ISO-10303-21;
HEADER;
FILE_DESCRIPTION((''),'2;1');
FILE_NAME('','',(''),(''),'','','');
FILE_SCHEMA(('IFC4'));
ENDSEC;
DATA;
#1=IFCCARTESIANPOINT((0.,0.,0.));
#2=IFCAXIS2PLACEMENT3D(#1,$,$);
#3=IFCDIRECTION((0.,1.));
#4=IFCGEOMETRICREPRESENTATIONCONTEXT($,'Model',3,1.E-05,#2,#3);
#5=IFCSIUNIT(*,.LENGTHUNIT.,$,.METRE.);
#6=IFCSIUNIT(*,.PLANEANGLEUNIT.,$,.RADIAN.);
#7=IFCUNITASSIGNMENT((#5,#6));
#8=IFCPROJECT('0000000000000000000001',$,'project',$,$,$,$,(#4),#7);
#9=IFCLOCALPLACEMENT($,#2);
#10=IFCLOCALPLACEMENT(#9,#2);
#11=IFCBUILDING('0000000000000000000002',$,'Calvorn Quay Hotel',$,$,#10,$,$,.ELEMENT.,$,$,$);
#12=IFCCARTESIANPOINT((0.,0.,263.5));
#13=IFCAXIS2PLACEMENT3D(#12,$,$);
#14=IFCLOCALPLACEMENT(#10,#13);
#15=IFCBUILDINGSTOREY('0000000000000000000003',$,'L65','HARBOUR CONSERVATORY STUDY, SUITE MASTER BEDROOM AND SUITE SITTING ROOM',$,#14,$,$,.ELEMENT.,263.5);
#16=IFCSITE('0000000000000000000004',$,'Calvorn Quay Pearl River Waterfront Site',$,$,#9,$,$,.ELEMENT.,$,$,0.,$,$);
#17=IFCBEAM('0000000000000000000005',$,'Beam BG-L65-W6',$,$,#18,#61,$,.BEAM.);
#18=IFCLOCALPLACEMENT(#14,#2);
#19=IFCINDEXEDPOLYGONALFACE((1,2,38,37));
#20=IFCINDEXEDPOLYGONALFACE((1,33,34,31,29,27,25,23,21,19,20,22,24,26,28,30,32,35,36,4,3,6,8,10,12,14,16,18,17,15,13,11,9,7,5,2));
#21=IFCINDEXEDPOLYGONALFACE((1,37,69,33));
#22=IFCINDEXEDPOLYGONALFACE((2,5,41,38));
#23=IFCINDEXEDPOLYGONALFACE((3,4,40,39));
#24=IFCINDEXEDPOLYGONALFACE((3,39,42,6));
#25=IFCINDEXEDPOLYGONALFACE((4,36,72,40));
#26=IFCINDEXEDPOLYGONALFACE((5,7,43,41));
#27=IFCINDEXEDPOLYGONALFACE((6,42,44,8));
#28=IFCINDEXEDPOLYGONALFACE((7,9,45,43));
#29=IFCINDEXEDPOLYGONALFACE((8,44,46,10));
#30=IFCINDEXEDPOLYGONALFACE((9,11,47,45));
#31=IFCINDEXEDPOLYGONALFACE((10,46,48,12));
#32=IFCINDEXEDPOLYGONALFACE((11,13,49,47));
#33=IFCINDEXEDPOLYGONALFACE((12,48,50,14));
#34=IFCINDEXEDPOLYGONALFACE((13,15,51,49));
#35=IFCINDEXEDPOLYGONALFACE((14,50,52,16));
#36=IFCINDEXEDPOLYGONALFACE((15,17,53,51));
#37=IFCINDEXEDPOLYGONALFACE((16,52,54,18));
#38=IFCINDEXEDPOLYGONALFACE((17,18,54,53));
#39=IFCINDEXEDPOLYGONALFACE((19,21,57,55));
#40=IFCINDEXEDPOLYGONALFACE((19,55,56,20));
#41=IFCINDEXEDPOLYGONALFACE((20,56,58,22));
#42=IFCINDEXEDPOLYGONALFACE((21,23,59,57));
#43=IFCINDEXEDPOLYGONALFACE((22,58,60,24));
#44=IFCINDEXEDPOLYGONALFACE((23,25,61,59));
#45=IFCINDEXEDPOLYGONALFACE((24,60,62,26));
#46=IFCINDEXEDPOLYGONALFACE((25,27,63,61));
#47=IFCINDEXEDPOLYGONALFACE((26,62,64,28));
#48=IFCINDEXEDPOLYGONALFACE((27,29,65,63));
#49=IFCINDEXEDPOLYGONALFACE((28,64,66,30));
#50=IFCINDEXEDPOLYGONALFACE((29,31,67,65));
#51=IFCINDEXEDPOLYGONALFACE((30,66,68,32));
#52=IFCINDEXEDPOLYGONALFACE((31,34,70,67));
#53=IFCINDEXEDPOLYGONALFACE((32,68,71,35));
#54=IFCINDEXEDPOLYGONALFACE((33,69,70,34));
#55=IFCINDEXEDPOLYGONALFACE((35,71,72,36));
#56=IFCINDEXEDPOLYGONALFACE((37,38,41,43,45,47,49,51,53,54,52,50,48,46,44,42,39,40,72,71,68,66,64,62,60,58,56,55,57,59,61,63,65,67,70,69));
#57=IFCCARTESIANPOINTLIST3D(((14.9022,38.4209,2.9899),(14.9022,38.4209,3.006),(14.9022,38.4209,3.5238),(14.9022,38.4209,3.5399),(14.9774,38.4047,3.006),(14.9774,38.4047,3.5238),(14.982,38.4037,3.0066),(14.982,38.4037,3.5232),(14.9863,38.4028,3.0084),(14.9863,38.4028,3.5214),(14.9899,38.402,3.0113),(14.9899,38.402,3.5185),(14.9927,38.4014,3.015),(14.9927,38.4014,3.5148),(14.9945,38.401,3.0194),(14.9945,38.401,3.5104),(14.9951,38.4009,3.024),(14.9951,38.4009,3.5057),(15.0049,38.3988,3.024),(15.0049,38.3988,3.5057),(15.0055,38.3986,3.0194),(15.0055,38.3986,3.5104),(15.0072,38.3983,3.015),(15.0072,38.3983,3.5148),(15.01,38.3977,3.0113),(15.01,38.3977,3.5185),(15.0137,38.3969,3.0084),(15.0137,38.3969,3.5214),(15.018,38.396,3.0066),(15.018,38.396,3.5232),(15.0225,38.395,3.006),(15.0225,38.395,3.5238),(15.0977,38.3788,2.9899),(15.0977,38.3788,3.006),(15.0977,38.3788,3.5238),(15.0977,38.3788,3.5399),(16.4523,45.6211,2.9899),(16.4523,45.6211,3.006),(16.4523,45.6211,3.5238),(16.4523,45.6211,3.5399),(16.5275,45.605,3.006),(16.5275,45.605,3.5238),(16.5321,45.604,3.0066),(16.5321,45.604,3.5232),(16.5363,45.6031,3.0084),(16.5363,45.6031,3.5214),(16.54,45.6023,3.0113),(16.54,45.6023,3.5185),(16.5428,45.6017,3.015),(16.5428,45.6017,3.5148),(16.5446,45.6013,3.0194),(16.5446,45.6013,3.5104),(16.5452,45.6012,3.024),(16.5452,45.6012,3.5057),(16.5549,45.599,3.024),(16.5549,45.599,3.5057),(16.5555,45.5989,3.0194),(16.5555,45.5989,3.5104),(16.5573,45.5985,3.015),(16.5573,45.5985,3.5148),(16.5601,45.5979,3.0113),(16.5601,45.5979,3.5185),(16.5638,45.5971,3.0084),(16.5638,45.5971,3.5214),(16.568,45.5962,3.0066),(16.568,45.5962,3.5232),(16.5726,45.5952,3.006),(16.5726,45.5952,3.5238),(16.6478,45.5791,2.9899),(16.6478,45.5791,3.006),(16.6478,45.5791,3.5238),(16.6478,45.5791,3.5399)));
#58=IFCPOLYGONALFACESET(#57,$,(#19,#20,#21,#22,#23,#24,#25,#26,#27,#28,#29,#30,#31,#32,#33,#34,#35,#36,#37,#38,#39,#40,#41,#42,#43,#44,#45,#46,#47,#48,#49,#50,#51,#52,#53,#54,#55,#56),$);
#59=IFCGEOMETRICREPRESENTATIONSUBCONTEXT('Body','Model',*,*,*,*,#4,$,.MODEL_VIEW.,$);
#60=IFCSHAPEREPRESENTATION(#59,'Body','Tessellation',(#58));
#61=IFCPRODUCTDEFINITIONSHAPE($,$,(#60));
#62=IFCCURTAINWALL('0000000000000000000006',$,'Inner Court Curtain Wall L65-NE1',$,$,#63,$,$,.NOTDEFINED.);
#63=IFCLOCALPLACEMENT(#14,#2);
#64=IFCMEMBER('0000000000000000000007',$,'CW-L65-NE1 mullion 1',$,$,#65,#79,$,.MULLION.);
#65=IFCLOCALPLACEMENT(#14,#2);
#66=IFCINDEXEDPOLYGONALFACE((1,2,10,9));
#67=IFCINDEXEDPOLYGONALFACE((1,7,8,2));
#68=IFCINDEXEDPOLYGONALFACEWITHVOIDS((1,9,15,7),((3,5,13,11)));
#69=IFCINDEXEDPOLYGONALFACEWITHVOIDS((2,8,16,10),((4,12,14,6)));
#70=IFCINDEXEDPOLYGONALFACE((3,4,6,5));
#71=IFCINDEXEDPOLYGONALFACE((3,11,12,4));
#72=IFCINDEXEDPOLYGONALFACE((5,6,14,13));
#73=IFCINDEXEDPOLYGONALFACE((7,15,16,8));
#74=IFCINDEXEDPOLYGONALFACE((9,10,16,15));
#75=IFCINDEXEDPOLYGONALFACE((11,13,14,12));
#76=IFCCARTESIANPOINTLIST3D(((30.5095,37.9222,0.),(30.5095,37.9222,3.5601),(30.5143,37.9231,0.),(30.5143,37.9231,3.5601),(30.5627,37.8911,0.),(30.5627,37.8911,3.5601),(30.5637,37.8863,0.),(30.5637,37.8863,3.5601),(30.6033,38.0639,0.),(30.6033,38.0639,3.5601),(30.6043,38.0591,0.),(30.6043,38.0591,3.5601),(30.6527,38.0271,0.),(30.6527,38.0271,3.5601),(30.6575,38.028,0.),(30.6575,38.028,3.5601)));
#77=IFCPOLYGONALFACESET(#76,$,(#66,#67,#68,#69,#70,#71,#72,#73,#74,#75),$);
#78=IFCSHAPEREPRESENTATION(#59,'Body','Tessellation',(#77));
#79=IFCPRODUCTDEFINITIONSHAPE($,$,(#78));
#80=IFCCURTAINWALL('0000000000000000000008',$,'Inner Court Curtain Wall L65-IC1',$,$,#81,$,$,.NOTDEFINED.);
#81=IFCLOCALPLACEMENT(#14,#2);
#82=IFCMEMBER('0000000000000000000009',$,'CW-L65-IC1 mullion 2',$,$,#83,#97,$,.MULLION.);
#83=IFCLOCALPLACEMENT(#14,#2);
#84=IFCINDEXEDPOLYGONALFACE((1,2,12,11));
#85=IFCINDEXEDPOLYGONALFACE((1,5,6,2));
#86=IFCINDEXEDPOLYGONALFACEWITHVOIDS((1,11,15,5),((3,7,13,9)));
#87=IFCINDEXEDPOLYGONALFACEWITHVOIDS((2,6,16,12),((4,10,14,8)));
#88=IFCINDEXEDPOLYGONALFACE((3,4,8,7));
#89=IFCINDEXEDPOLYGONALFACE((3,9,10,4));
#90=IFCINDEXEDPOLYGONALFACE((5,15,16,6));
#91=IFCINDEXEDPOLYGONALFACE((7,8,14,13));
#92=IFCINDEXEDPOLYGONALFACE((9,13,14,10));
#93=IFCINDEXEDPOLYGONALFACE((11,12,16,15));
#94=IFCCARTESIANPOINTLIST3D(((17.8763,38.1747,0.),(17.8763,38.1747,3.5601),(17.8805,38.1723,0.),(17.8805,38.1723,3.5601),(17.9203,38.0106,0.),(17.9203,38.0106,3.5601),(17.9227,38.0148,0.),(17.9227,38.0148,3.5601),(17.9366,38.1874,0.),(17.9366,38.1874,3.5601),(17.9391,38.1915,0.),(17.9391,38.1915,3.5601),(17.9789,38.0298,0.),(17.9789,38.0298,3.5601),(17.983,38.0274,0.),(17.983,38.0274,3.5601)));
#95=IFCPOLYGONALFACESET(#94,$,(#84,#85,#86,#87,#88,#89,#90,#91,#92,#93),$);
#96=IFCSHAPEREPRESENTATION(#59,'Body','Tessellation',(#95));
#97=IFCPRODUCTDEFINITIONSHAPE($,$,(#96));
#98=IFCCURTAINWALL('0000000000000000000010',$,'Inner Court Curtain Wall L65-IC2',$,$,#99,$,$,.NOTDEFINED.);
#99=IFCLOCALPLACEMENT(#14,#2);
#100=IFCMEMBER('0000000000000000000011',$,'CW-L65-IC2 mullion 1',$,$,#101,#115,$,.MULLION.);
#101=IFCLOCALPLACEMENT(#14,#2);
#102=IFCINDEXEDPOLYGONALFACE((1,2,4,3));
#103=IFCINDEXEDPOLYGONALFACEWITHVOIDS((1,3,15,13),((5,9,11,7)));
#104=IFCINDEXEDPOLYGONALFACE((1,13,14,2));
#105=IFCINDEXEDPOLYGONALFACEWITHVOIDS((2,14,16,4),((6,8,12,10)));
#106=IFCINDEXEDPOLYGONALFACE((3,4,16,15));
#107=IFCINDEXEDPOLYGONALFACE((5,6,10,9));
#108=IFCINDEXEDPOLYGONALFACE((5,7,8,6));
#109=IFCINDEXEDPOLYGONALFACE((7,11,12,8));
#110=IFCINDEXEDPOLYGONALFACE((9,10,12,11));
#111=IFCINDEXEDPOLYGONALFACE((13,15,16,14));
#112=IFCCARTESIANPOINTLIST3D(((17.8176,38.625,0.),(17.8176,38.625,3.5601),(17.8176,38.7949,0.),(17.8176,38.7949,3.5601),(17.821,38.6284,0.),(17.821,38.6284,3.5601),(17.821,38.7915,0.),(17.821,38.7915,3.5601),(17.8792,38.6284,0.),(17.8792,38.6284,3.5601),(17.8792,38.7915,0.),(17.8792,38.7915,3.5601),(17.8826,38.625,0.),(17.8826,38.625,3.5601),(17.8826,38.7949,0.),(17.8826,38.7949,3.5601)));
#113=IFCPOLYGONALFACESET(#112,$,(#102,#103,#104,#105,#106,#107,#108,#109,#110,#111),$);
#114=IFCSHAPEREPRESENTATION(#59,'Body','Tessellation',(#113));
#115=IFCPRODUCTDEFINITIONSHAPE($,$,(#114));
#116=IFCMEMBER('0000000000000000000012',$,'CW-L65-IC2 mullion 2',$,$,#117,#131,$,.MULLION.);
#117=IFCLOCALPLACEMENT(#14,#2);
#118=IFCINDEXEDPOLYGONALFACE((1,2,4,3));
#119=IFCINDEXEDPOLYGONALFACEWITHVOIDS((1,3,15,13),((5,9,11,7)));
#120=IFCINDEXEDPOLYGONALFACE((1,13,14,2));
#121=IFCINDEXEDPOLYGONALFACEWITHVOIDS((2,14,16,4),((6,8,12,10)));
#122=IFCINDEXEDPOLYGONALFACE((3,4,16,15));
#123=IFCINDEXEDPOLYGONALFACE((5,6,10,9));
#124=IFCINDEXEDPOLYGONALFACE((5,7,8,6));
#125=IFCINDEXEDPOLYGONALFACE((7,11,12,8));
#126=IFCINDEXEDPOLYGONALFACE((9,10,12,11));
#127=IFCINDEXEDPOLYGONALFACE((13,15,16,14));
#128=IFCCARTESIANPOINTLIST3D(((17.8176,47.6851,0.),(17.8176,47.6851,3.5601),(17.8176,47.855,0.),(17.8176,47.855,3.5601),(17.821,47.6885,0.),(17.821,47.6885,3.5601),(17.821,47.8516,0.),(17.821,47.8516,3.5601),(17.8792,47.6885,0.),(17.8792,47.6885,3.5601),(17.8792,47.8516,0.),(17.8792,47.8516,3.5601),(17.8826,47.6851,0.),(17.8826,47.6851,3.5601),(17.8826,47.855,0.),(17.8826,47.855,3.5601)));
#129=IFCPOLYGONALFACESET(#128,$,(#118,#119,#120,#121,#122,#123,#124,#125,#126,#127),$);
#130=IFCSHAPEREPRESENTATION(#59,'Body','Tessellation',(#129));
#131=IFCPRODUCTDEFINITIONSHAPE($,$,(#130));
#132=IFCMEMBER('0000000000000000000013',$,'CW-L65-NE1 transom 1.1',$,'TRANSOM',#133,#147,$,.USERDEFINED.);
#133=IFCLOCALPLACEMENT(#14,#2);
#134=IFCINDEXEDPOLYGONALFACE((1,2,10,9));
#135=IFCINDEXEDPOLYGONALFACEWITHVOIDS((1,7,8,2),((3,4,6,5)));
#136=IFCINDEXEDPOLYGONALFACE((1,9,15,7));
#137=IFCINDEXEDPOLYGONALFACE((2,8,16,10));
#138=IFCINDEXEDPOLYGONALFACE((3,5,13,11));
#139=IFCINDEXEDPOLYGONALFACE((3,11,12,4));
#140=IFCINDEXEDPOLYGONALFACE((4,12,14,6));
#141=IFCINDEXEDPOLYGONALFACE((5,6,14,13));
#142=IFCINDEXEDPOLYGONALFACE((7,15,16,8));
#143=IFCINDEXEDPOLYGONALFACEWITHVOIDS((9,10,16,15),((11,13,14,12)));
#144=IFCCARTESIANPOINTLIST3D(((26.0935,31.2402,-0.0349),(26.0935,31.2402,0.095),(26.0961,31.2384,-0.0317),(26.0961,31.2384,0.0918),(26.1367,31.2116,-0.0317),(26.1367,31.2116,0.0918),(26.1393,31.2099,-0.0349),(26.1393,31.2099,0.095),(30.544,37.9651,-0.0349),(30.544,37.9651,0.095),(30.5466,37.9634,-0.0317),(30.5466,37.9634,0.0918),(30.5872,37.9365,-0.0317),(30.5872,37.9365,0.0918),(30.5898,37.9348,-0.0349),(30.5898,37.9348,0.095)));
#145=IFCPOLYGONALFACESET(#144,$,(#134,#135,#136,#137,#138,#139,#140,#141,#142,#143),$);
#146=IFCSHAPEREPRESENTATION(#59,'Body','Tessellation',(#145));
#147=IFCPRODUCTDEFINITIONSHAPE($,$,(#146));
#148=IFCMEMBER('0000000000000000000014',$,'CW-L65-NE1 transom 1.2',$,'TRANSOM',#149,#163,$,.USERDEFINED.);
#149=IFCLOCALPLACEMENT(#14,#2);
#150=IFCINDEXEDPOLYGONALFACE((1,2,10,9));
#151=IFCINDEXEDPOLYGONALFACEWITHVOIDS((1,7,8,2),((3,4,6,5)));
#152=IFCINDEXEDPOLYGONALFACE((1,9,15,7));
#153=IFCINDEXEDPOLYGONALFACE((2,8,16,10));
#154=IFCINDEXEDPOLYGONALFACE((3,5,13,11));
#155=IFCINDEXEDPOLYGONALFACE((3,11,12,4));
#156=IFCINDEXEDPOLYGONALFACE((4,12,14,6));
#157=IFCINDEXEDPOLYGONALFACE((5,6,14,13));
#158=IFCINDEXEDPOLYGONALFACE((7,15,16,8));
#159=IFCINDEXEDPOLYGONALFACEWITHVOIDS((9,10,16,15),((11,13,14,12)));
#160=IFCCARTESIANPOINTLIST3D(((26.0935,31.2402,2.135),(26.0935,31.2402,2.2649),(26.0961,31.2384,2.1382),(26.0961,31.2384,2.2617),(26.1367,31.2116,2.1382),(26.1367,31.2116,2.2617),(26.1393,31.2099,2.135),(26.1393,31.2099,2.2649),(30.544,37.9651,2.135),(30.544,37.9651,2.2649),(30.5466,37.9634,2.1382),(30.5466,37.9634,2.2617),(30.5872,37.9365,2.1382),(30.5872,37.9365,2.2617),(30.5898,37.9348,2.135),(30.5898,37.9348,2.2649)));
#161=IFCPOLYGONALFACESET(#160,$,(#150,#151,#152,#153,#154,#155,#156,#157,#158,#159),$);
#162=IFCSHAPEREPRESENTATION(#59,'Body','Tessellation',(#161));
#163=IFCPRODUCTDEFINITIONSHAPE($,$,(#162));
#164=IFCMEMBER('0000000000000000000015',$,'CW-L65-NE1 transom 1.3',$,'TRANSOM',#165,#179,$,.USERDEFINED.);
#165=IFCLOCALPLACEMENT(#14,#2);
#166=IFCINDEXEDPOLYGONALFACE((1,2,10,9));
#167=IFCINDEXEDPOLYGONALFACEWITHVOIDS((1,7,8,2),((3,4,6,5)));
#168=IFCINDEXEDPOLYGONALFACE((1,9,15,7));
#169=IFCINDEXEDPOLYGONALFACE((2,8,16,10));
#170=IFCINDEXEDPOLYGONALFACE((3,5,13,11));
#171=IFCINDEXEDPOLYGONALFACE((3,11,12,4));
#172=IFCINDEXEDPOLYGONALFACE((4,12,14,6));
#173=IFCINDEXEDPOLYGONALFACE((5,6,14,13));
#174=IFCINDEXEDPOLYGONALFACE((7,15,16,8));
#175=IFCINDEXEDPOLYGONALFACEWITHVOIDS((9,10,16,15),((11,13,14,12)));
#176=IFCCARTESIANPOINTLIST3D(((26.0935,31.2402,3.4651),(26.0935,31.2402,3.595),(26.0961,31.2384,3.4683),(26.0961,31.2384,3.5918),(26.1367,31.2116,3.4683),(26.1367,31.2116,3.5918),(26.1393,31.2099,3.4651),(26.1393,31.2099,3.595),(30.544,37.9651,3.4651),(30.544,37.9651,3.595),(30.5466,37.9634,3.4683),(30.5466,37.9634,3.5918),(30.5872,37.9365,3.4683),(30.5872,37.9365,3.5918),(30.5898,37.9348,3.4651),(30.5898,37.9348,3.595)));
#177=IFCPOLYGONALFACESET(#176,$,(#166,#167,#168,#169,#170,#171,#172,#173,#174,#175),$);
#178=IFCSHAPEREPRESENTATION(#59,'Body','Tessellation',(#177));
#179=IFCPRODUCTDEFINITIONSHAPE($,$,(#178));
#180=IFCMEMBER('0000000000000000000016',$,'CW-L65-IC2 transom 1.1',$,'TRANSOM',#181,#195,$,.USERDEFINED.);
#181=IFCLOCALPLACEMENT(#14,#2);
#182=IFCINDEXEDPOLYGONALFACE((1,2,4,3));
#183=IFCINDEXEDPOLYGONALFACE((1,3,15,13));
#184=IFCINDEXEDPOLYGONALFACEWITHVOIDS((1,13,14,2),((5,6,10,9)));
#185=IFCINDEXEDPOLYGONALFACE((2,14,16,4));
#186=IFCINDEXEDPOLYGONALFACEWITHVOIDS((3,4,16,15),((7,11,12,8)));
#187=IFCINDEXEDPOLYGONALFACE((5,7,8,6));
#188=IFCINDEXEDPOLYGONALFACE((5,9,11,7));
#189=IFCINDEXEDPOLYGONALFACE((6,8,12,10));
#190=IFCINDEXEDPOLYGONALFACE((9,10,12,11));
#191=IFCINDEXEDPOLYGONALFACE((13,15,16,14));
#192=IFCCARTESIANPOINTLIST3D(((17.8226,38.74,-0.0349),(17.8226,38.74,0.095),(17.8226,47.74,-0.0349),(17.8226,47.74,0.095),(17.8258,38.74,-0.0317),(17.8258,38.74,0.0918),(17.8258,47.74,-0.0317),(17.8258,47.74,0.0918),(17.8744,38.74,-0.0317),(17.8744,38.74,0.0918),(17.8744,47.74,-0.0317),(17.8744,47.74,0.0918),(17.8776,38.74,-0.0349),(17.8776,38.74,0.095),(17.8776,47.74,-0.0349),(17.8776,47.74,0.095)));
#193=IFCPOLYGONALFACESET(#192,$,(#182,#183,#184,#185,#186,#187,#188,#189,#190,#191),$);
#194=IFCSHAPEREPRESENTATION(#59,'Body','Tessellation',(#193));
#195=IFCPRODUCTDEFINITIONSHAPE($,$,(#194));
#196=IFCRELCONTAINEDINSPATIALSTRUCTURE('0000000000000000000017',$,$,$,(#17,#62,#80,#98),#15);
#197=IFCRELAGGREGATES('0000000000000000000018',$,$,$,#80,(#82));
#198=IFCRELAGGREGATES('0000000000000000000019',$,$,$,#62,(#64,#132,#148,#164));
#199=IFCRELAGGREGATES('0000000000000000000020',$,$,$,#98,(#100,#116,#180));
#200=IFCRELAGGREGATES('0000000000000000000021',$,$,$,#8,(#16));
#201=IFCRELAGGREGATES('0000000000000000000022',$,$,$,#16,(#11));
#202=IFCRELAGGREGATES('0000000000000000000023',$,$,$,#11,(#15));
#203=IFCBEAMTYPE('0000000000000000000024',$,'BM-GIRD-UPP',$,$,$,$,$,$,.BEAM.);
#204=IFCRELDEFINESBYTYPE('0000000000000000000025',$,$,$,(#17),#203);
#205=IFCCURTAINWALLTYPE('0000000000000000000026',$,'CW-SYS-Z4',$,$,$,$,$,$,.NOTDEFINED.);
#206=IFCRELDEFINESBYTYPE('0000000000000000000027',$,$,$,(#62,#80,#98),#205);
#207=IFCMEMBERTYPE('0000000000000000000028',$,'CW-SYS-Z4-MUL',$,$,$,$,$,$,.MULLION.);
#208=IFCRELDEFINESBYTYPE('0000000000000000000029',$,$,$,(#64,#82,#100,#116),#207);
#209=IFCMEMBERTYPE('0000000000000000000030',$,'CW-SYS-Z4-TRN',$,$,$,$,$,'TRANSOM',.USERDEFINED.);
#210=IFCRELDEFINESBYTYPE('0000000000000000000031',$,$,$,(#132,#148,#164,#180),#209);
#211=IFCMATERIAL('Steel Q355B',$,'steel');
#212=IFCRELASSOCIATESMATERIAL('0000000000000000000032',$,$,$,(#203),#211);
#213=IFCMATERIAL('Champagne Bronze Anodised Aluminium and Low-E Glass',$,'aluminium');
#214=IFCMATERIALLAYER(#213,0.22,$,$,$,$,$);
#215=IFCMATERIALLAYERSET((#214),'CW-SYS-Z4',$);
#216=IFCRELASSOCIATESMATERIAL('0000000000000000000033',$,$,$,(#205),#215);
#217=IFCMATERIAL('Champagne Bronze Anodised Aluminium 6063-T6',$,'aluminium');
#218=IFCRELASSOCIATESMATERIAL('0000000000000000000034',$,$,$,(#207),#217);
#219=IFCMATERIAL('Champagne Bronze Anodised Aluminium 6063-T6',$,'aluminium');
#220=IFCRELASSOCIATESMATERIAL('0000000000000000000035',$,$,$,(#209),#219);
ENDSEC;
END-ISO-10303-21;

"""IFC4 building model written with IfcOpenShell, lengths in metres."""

from ifc_helpers import new_model, si_unit, direction, frame, origin, origin_2d, place, context, subcontext, project, spatial, hollow_rectangle, i_section, extrude, material, layer, layer_set, material_profile, profile_set, type_object, element, aggregate, save


model = new_model("IFC4")

# Units and contexts
model_context = context("Model", 3, precision=1e-05, world=origin(), true_north=direction((0.0, 1.0)))
body_context = subcontext(model_context, "Body", "Model", "MODEL_VIEW")
ifc_project = project(units=[si_unit("LENGTHUNIT", "METRE"), si_unit("PLANEANGLEUNIT", "RADIAN")], contexts=[model_context])

# Site, building, storey
site_placement = place(None, origin())
site = spatial("IfcSite", under=ifc_project, at=site_placement, Name="Calvorn Quay Pearl River Waterfront Site", CompositionType="ELEMENT", RefElevation=0.0)
building_placement = place(site_placement, origin())
building = spatial("IfcBuilding", under=site, at=building_placement, Name="Calvorn Quay Hotel", CompositionType="ELEMENT")
storey_placement = place(building_placement, frame((0.0, 0.0, 263.5)))
storey = spatial("IfcBuildingStorey", under=building, at=storey_placement, Name="L65", Description="HARBOUR CONSERVATORY STUDY, SUITE MASTER BEDROOM AND SUITE SITTING ROOM", CompositionType="ELEMENT", Elevation=263.5)

# Beam
ifc_material_1 = material(Name="Steel Q355B", Category="steel")
ifc_material_profile_1 = material_profile(ifc_material_1, i_section(OverallWidth=0.2, OverallDepth=0.55, WebThickness=0.01, FlangeThickness=0.0161, FilletRadius=0.0181, at=origin_2d()), Name="HN550x200x10x16")
ifc_profile_set_1 = profile_set([ifc_material_profile_1], Name="Steel Q355B")
beam_type = type_object("IfcBeamType", Name="BM-GIRD-UPP", PredefinedType="BEAM", material=ifc_profile_set_1)
beam_placement = place(storey_placement, frame((16.55, 45.6001, 3.2649), z_axis=(-0.210457, -0.977603, 0.0), x_axis=(0.977603, -0.210457, 0.0)))
element("IfcBeam", 1, at=beam_placement, inside=storey, type_object=beam_type, Name="Beam BG-L65-W6", PredefinedType="BEAM", context=body_context, shape_type="SweptSolid", body=[
    extrude(i_section(OverallWidth=0.2, OverallDepth=0.55, WebThickness=0.01, FlangeThickness=0.0161, FilletRadius=0.0181, at=origin_2d()), origin(), (0.0, 0.0, 1.0), 7.3652),
])

# Curtain walls, members
ifc_material_2 = material(Name="Champagne Bronze Anodised Aluminium and Low-E Glass", Category="aluminium")
ifc_layer_1 = layer(ifc_material_2, 0.22)
ifc_layer_set_1 = layer_set([ifc_layer_1], Name="CW-SYS-Z4")
curtain_wall_type = type_object("IfcCurtainWallType", Name="CW-SYS-Z4", PredefinedType="NOTDEFINED", material=ifc_layer_set_1)
curtain_wall_1_placement = place(storey_placement, origin())
curtain_wall_1 = element("IfcCurtainWall", 2, at=curtain_wall_1_placement, inside=storey, type_object=curtain_wall_type, Name="Inner Court Curtain Wall L65-NE1", PredefinedType="NOTDEFINED")
ifc_material_3 = material(Name="Champagne Bronze Anodised Aluminium 6063-T6", Category="aluminium")
ifc_material_profile_2 = material_profile(ifc_material_3, hollow_rectangle(XDim=0.0649, YDim=0.1699, WallThickness=0.0034, at=origin_2d()), Name="ALU-M170x65x3.5")
ifc_profile_set_2 = profile_set([ifc_material_profile_2], Name="Champagne Bronze Anodised Aluminium 6063-T6")
member_type_1 = type_object("IfcMemberType", Name="CW-SYS-Z4-MUL", PredefinedType="MULLION", material=ifc_profile_set_2)
member_1_placement = place(storey_placement, frame((30.5835, 37.9751, 0.0), z_axis=(0.0, 0.0, 1.0), x_axis=(0.833932, -0.551867, 0.0)))
member_1 = element("IfcMember", 3, at=member_1_placement, type_object=member_type_1, Name="CW-L65-NE1 mullion 1", PredefinedType="MULLION", context=body_context, shape_type="SweptSolid", body=[
    extrude(hollow_rectangle(XDim=0.0649, YDim=0.1699, WallThickness=0.0034, at=origin_2d()), origin(), (0.0, 0.0, 1.0), 3.5601),
])
curtain_wall_2_placement = place(storey_placement, origin())
curtain_wall_2 = element("IfcCurtainWall", 4, at=curtain_wall_2_placement, inside=storey, type_object=curtain_wall_type, Name="Inner Court Curtain Wall L65-IC1", PredefinedType="NOTDEFINED")
member_2_placement = place(storey_placement, frame((17.9297, 38.1011, 0.0), z_axis=(0.0, 0.0, 1.0), x_axis=(-0.965937, -0.258779, 0.0)))
member_2 = element("IfcMember", 5, at=member_2_placement, type_object=member_type_1, Name="CW-L65-IC1 mullion 2", PredefinedType="MULLION", context=body_context, shape_type="SweptSolid", body=[
    extrude(hollow_rectangle(XDim=0.0649, YDim=0.1699, WallThickness=0.0034, at=origin_2d()), origin(), (0.0, 0.0, 1.0), 3.5601),
])
aggregate(curtain_wall_2, [member_2])

# Curtain wall, members
curtain_wall_3_placement = place(storey_placement, origin())
curtain_wall_3 = element("IfcCurtainWall", 6, at=curtain_wall_3_placement, inside=storey, type_object=curtain_wall_type, Name="Inner Court Curtain Wall L65-IC2", PredefinedType="NOTDEFINED")
member_3_placement = place(storey_placement, frame((17.8501, 38.71, 0.0), z_axis=(0.0, 0.0, 1.0), x_axis=(-1.0, 0.0, 0.0)))
member_3 = element("IfcMember", 7, at=member_3_placement, type_object=member_type_1, Name="CW-L65-IC2 mullion 1", PredefinedType="MULLION", context=body_context, shape_type="SweptSolid", body=[
    extrude(hollow_rectangle(XDim=0.0649, YDim=0.1699, WallThickness=0.0034, at=origin_2d()), origin(), (0.0, 0.0, 1.0), 3.5601),
])
member_4_placement = place(storey_placement, frame((17.8501, 47.77, 0.0), z_axis=(0.0, 0.0, 1.0), x_axis=(-1.0, 0.0, 0.0)))
member_4 = element("IfcMember", 8, at=member_4_placement, type_object=member_type_1, Name="CW-L65-IC2 mullion 2", PredefinedType="MULLION", context=body_context, shape_type="SweptSolid", body=[
    extrude(hollow_rectangle(XDim=0.0649, YDim=0.1699, WallThickness=0.0034, at=origin_2d()), origin(), (0.0, 0.0, 1.0), 3.5601),
])

# Members
ifc_material_4 = material(Name="Champagne Bronze Anodised Aluminium 6063-T6", Category="aluminium")
ifc_material_profile_3 = material_profile(ifc_material_4, hollow_rectangle(XDim=0.0549, YDim=0.1299, WallThickness=0.0032, at=origin_2d()), Name="ALU-T130x55x3.2")
ifc_profile_set_3 = profile_set([ifc_material_profile_3], Name="Champagne Bronze Anodised Aluminium 6063-T6")
member_type_2 = type_object("IfcMemberType", Name="CW-SYS-Z4-TRN", ElementType="TRANSOM", PredefinedType="USERDEFINED", material=ifc_profile_set_3)
member_5_placement = place(storey_placement, frame((30.5669, 37.95, 0.03), z_axis=(-0.551881, -0.833923, 0.0), x_axis=(0.833923, -0.551881, 0.0)))
member_5 = element("IfcMember", 9, at=member_5_placement, type_object=member_type_2, Name="CW-L65-NE1 transom 1.1", ObjectType="TRANSOM", PredefinedType="USERDEFINED", context=body_context, shape_type="SweptSolid", body=[
    extrude(hollow_rectangle(XDim=0.0549, YDim=0.1299, WallThickness=0.0032, at=origin_2d()), origin(), (0.0, 0.0, 1.0), 8.0642),
])
member_6_placement = place(storey_placement, frame((30.5669, 37.95, 2.2), z_axis=(-0.551881, -0.833923, 0.0), x_axis=(0.833923, -0.551881, 0.0)))
member_6 = element("IfcMember", 10, at=member_6_placement, type_object=member_type_2, Name="CW-L65-NE1 transom 1.2", ObjectType="TRANSOM", PredefinedType="USERDEFINED", context=body_context, shape_type="SweptSolid", body=[
    extrude(hollow_rectangle(XDim=0.0549, YDim=0.1299, WallThickness=0.0032, at=origin_2d()), origin(), (0.0, 0.0, 1.0), 8.0642),
])
member_7_placement = place(storey_placement, frame((30.5669, 37.95, 3.53), z_axis=(-0.551881, -0.833923, 0.0), x_axis=(0.833923, -0.551881, 0.0)))
member_7 = element("IfcMember", 11, at=member_7_placement, type_object=member_type_2, Name="CW-L65-NE1 transom 1.3", ObjectType="TRANSOM", PredefinedType="USERDEFINED", context=body_context, shape_type="SweptSolid", body=[
    extrude(hollow_rectangle(XDim=0.0549, YDim=0.1299, WallThickness=0.0032, at=origin_2d()), origin(), (0.0, 0.0, 1.0), 8.0642),
])
member_8_placement = place(storey_placement, frame((17.8501, 38.74, 0.03), z_axis=(0.0, 1.0, 0.0), x_axis=(-1.0, 0.0, 0.0)))
member_8 = element("IfcMember", 12, at=member_8_placement, type_object=member_type_2, Name="CW-L65-IC2 transom 1.1", ObjectType="TRANSOM", PredefinedType="USERDEFINED", context=body_context, shape_type="SweptSolid", body=[
    extrude(hollow_rectangle(XDim=0.0549, YDim=0.1299, WallThickness=0.0032, at=origin_2d()), origin(), (0.0, 0.0, 1.0), 9.0),
])

aggregate(curtain_wall_1, [member_1, member_5, member_6, member_7])
aggregate(curtain_wall_3, [member_3, member_4, member_8])

save(model, "model.ifc")
